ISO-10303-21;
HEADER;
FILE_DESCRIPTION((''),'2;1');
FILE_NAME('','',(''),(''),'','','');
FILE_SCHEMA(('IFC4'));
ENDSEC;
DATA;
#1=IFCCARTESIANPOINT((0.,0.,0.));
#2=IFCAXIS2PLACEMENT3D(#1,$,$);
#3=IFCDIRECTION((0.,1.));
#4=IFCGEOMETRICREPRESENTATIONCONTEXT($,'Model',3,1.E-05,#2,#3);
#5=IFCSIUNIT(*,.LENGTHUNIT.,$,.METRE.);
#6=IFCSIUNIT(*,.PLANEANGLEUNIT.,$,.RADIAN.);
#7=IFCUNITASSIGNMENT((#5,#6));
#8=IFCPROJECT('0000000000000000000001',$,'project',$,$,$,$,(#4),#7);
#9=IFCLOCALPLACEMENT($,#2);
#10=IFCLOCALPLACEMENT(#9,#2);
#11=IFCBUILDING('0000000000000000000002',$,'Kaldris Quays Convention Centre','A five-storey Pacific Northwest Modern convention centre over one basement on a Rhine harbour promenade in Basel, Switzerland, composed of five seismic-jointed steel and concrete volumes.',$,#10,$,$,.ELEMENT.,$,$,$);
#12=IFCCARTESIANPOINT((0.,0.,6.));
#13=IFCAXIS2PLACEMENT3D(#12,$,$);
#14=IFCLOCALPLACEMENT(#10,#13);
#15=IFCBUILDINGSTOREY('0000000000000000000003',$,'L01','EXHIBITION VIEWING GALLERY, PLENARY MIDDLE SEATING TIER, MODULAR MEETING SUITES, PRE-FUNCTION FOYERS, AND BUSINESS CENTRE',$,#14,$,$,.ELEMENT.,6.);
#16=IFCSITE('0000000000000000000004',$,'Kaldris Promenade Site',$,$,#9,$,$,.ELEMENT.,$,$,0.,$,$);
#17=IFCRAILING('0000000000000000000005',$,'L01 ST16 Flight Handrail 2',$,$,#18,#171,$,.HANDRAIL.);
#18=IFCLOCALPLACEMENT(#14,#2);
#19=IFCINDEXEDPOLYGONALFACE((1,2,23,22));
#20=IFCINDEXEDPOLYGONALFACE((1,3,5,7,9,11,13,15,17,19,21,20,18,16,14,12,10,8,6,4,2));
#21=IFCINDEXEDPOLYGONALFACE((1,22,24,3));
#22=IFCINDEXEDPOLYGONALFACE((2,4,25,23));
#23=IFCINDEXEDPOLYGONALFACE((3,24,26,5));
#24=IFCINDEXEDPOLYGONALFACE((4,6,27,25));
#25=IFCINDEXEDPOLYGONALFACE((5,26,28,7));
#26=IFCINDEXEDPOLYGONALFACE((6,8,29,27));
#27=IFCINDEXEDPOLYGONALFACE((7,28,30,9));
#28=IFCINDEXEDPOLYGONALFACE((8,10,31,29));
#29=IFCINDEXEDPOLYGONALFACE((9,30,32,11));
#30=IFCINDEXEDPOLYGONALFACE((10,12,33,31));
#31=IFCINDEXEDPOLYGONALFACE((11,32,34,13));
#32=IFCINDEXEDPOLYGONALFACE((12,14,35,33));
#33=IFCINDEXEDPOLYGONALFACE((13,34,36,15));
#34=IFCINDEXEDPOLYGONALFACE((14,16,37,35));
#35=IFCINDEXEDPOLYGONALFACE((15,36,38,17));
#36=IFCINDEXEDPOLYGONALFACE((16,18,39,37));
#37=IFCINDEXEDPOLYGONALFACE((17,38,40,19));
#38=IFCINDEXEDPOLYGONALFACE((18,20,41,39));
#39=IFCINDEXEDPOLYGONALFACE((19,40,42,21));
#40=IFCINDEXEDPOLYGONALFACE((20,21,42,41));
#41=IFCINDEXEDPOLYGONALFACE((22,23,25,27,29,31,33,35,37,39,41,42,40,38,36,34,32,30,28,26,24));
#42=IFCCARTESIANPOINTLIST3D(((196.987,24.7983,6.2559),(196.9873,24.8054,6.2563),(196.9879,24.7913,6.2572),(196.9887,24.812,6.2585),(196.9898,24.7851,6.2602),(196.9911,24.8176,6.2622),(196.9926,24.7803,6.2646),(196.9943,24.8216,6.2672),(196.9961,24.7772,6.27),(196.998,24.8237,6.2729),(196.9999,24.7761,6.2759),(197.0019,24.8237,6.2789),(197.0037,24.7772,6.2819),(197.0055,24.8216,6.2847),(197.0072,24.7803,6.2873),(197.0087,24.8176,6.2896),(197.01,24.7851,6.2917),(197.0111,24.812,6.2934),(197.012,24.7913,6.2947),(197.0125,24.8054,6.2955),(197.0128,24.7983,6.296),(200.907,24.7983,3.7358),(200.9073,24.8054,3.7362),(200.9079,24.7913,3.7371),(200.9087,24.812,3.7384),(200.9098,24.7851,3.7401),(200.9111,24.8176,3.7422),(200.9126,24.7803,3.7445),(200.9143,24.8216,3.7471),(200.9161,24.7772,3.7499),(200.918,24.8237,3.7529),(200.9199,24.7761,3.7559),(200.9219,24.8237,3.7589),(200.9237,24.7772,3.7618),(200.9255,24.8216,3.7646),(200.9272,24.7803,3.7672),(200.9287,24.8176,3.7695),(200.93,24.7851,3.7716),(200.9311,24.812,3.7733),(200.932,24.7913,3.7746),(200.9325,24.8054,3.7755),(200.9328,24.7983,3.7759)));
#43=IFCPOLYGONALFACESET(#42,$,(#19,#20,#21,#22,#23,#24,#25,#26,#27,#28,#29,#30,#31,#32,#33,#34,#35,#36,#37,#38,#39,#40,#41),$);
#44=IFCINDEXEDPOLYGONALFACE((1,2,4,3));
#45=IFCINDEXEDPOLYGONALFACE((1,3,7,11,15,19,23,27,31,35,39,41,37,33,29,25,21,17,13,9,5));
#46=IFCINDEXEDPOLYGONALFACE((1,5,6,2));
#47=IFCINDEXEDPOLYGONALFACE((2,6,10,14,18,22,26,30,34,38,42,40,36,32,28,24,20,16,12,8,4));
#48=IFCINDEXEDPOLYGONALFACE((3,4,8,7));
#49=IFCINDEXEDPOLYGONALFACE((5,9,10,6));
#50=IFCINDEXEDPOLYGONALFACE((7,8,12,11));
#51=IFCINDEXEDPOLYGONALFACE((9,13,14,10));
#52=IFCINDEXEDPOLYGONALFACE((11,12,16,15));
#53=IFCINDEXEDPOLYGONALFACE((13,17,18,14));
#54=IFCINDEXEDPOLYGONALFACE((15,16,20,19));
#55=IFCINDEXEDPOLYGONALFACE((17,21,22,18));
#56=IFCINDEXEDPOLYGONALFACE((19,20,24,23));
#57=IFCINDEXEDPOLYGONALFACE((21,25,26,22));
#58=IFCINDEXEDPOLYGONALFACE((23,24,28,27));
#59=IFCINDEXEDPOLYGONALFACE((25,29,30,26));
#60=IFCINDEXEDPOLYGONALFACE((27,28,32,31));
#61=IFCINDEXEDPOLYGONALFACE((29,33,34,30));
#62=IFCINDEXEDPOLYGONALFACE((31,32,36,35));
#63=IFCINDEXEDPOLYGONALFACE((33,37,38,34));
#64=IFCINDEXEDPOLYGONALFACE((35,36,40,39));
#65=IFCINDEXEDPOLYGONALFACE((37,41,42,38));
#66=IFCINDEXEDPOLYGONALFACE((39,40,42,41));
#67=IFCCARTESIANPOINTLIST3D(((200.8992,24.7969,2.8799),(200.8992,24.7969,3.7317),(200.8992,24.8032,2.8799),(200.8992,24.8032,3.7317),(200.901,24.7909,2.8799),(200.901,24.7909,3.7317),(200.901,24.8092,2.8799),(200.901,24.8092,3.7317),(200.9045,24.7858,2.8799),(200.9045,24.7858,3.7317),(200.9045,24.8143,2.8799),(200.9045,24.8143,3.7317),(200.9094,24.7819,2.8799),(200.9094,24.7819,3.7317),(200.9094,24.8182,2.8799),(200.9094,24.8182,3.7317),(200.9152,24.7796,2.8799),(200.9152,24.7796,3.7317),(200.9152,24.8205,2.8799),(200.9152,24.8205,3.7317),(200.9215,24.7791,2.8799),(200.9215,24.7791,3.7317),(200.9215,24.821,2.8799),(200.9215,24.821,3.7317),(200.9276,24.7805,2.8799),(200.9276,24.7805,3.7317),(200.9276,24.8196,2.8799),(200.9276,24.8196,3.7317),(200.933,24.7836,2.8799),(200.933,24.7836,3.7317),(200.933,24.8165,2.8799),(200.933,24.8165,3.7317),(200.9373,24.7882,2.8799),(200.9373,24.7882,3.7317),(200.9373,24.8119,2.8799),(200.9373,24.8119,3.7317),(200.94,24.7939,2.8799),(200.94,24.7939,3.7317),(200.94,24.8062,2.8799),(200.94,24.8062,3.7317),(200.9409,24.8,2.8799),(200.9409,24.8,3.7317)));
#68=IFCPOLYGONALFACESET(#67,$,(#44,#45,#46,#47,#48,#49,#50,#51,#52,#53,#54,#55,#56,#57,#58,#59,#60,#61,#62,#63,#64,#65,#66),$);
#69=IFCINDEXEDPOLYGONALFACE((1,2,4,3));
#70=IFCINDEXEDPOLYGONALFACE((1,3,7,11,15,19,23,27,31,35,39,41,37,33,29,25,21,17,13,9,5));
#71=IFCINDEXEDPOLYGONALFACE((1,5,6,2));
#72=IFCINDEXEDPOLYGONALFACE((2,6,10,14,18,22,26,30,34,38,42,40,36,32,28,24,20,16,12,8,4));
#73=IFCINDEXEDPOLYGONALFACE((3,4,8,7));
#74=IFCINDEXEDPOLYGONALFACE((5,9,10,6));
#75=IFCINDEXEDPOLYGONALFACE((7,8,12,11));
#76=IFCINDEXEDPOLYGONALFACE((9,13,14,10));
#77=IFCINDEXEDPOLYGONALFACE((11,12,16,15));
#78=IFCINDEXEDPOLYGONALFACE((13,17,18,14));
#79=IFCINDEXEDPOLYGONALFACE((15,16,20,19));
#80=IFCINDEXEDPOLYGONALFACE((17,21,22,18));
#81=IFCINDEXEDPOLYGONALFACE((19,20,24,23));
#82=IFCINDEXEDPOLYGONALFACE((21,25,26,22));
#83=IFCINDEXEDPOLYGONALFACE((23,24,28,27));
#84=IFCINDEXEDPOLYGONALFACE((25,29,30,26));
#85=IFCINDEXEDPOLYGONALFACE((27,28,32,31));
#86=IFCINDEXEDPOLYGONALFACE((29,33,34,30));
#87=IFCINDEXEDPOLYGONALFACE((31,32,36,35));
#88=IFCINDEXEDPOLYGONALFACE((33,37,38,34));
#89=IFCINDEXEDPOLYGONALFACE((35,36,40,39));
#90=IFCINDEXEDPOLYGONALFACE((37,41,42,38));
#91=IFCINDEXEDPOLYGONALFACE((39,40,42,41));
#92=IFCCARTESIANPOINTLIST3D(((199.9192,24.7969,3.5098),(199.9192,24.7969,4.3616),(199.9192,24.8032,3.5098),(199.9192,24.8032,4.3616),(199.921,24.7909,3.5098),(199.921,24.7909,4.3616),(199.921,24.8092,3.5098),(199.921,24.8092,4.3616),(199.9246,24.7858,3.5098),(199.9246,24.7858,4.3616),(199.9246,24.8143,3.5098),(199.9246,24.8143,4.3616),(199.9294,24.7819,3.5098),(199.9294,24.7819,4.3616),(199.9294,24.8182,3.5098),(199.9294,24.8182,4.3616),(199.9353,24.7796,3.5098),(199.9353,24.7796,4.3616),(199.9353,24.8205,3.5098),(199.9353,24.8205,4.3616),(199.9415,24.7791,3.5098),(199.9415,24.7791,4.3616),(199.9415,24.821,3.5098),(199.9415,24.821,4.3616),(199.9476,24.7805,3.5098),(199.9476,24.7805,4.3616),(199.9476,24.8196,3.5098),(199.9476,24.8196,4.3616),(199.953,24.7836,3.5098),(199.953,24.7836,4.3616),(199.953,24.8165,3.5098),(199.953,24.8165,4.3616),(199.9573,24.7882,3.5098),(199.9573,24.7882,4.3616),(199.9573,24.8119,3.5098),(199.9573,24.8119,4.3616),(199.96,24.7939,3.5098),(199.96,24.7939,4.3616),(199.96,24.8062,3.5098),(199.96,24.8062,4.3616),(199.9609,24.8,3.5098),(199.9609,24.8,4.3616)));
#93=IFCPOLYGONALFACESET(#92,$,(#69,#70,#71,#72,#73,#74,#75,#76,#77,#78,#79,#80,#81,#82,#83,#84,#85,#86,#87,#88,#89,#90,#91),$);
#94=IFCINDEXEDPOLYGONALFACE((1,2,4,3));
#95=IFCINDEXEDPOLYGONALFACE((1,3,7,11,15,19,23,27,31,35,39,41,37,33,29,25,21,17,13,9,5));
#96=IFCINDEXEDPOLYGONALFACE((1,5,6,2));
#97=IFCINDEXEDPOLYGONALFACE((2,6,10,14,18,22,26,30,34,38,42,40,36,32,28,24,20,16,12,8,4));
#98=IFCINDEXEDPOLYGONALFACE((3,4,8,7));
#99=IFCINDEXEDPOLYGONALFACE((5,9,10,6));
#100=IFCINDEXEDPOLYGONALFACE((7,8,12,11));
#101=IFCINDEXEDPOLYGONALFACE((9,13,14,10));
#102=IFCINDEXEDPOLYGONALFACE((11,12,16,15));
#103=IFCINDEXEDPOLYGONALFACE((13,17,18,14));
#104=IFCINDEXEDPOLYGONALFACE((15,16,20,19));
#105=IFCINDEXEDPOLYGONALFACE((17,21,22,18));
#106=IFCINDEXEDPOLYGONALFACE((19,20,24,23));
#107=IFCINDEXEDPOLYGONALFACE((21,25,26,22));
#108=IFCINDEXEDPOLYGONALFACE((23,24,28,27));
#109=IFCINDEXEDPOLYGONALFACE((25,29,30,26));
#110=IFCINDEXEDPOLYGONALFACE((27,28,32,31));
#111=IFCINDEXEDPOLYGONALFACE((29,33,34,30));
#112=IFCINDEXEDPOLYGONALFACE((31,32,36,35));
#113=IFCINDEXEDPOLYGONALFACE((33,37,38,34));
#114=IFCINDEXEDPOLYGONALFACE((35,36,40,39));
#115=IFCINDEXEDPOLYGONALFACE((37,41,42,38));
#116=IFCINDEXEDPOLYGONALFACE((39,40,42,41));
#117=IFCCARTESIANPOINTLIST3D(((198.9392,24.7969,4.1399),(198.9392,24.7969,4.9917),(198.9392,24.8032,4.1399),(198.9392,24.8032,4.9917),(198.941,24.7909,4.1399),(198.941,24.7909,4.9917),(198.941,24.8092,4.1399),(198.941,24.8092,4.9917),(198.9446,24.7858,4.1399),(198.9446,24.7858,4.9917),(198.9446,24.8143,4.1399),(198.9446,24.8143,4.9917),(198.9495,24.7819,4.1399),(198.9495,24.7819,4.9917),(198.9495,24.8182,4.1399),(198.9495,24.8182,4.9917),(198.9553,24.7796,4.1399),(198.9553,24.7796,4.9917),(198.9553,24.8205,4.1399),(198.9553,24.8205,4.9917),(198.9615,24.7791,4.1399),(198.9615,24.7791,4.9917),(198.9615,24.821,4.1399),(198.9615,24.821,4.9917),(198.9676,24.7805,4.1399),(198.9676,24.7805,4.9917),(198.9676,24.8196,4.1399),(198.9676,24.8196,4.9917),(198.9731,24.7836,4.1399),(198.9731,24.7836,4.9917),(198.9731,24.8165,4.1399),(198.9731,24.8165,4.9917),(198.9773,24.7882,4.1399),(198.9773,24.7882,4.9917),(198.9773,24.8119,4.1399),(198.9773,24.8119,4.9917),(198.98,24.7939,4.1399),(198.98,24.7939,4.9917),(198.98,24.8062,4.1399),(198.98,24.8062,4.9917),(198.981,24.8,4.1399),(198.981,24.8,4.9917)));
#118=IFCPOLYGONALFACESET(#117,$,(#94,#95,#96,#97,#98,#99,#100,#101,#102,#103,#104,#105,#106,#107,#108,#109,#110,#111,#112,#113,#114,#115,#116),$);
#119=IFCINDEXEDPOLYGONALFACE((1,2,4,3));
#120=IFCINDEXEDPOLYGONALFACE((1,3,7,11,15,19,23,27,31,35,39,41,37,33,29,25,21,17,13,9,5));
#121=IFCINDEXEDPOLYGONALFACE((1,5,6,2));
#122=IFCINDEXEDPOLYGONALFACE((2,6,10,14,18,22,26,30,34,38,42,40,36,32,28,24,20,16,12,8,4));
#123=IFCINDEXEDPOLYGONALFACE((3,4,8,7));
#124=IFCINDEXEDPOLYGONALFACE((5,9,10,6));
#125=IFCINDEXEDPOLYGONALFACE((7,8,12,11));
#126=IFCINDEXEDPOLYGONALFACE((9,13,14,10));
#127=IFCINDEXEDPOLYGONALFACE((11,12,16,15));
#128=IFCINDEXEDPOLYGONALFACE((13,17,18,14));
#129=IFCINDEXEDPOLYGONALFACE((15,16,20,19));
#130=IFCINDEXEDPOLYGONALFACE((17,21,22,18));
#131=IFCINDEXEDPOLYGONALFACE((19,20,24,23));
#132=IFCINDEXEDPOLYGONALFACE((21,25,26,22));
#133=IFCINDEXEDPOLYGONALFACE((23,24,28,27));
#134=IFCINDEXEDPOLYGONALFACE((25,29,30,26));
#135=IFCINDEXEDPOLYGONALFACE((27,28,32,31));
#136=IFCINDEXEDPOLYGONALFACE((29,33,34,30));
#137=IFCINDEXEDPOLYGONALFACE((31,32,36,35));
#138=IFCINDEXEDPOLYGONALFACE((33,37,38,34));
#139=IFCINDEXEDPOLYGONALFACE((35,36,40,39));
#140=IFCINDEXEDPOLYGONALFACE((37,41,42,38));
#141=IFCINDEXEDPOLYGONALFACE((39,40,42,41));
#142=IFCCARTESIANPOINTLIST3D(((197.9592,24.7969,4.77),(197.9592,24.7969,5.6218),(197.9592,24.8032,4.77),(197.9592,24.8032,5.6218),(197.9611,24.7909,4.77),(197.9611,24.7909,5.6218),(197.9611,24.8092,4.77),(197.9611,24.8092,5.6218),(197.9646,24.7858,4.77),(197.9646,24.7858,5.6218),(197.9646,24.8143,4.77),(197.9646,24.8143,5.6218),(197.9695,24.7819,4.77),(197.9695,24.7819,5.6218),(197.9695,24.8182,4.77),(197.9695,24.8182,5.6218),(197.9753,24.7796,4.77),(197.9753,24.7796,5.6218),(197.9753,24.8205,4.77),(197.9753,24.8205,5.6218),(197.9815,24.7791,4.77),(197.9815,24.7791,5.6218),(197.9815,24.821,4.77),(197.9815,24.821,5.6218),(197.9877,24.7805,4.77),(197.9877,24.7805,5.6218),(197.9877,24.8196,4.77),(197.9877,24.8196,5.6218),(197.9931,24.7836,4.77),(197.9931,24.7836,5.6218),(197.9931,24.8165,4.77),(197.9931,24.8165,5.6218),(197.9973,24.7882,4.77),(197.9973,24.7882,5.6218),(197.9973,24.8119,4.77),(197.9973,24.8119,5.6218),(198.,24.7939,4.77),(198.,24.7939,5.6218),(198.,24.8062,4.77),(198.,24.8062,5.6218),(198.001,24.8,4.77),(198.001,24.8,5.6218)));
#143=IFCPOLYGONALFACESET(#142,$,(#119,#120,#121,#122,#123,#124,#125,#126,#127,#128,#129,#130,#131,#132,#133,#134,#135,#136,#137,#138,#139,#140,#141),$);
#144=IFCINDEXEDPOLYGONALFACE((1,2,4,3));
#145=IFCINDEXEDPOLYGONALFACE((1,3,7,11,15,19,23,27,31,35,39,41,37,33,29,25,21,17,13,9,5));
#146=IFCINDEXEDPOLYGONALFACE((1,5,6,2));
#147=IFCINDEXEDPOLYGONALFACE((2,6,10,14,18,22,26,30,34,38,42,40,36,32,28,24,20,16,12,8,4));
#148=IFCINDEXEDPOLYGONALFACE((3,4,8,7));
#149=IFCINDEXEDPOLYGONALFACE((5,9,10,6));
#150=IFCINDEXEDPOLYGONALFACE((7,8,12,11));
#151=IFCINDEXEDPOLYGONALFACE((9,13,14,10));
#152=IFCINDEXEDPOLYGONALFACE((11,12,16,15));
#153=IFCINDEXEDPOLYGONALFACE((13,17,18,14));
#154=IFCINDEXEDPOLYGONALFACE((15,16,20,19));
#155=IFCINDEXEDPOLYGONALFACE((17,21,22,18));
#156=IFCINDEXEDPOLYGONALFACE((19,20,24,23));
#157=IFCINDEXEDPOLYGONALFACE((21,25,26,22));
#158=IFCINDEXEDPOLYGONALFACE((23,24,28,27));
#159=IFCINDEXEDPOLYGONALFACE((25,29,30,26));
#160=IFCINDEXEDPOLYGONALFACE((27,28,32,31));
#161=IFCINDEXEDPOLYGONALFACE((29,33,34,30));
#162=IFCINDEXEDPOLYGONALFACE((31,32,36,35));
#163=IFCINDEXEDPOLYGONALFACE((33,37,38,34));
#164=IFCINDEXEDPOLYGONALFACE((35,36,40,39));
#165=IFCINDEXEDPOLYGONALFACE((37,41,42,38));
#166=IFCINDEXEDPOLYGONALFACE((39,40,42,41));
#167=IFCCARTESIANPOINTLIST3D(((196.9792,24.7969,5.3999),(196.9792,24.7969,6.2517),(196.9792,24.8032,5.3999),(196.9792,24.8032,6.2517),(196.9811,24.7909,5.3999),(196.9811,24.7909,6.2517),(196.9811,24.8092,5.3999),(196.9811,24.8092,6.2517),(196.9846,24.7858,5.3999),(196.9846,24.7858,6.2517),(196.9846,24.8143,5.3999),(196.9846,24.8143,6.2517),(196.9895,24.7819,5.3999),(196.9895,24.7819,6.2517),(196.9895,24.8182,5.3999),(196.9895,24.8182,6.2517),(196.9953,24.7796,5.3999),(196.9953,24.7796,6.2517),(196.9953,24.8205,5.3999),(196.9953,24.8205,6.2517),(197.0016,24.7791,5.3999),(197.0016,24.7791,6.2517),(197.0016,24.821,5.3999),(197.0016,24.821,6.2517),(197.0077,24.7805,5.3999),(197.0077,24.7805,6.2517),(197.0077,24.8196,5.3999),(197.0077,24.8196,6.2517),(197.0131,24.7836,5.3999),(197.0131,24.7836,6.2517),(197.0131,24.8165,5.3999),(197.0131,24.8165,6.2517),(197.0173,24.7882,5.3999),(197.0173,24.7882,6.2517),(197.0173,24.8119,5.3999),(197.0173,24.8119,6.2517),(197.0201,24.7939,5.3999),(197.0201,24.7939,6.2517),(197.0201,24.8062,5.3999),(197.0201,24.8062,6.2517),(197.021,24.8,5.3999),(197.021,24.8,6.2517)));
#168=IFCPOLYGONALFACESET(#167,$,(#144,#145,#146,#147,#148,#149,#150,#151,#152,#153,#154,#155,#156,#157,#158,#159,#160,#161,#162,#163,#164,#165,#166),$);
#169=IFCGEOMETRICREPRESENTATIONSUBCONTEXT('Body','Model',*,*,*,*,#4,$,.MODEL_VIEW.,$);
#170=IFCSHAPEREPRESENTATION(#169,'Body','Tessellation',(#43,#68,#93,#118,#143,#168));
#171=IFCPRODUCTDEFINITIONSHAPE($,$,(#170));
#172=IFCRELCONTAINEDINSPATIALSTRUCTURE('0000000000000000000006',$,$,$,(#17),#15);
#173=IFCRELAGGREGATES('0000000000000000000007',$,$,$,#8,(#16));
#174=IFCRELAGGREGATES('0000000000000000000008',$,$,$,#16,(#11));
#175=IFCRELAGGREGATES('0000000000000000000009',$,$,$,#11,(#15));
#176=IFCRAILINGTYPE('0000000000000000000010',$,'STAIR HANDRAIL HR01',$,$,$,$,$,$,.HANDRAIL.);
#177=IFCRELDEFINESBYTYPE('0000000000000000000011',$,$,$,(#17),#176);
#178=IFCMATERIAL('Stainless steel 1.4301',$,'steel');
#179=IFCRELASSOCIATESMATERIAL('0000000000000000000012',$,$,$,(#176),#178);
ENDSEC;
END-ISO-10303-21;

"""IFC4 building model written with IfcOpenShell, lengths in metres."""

from ifc_helpers import new_model, si_unit, direction, frame, origin, origin_2d, place, context, subcontext, project, spatial, circle, extrude, material, type_object, element, save


model = new_model("IFC4")

# Units and contexts
model_context = context("Model", 3, precision=1e-05, world=origin(), true_north=direction((0.0, 1.0)))
body_context = subcontext(model_context, "Body", "Model", "MODEL_VIEW")
ifc_project = project(units=[si_unit("LENGTHUNIT", "METRE"), si_unit("PLANEANGLEUNIT", "RADIAN")], contexts=[model_context])

# Site, building, storey
site_placement = place(None, origin())
site = spatial("IfcSite", under=ifc_project, at=site_placement, Name="Kaldris Promenade Site", CompositionType="ELEMENT", RefElevation=0.0)
building_placement = place(site_placement, origin())
building = spatial("IfcBuilding", under=site, at=building_placement, Name="Kaldris Quays Convention Centre", Description="A five-storey Pacific Northwest Modern convention centre over one basement on a Rhine harbour promenade in Basel, Switzerland, composed of five seismic-jointed steel and concrete volumes.", CompositionType="ELEMENT")
storey_placement = place(building_placement, frame((0.0, 0.0, 6.0)))
storey = spatial("IfcBuildingStorey", under=building, at=storey_placement, Name="L01", Description="EXHIBITION VIEWING GALLERY, PLENARY MIDDLE SEATING TIER, MODULAR MEETING SUITES, PRE-FUNCTION FOYERS, AND BUSINESS CENTRE", CompositionType="ELEMENT", Elevation=6.0)

# Railing
ifc_material_1 = material(Name="Stainless steel 1.4301", Category="steel")
railing_type_1 = type_object("IfcRailingType", Name="STAIR HANDRAIL HR01", PredefinedType="HANDRAIL", material=ifc_material_1)
railing_1_placement = place(storey_placement, frame((200.9199, 24.8, 2.8799)))
element("IfcRailing", 1, at=railing_1_placement, inside=storey, type_object=railing_type_1, Name="L01 ST16 Flight Handrail 2", PredefinedType="HANDRAIL", context=body_context, shape_type="SweptSolid", body=[
    extrude(circle(Radius=0.0239, at=origin_2d()), frame((0.0, 0.0, 0.876), z_axis=(-0.841172, 0.0, 0.540768), x_axis=(0.0, -1.0, 0.0)), (0.0, 0.0, 1.0), 4.6602),
    extrude(circle(Radius=0.021, at=origin_2d()), origin(), (0.0, 0.0, 1.0), 0.8518),
    extrude(circle(Radius=0.021, at=origin_2d()), frame((-0.98, 0.0, 0.6299)), (0.0, 0.0, 1.0), 0.8518),
    extrude(circle(Radius=0.021, at=origin_2d()), frame((-1.96, 0.0, 1.26)), (0.0, 0.0, 1.0), 0.8518),
    extrude(circle(Radius=0.021, at=origin_2d()), frame((-2.9399, 0.0, 1.8901)), (0.0, 0.0, 1.0), 0.8518),
    extrude(circle(Radius=0.021, at=origin_2d()), frame((-3.9199, 0.0, 2.52)), (0.0, 0.0, 1.0), 0.8518),
])

save(model, "model.ifc")
